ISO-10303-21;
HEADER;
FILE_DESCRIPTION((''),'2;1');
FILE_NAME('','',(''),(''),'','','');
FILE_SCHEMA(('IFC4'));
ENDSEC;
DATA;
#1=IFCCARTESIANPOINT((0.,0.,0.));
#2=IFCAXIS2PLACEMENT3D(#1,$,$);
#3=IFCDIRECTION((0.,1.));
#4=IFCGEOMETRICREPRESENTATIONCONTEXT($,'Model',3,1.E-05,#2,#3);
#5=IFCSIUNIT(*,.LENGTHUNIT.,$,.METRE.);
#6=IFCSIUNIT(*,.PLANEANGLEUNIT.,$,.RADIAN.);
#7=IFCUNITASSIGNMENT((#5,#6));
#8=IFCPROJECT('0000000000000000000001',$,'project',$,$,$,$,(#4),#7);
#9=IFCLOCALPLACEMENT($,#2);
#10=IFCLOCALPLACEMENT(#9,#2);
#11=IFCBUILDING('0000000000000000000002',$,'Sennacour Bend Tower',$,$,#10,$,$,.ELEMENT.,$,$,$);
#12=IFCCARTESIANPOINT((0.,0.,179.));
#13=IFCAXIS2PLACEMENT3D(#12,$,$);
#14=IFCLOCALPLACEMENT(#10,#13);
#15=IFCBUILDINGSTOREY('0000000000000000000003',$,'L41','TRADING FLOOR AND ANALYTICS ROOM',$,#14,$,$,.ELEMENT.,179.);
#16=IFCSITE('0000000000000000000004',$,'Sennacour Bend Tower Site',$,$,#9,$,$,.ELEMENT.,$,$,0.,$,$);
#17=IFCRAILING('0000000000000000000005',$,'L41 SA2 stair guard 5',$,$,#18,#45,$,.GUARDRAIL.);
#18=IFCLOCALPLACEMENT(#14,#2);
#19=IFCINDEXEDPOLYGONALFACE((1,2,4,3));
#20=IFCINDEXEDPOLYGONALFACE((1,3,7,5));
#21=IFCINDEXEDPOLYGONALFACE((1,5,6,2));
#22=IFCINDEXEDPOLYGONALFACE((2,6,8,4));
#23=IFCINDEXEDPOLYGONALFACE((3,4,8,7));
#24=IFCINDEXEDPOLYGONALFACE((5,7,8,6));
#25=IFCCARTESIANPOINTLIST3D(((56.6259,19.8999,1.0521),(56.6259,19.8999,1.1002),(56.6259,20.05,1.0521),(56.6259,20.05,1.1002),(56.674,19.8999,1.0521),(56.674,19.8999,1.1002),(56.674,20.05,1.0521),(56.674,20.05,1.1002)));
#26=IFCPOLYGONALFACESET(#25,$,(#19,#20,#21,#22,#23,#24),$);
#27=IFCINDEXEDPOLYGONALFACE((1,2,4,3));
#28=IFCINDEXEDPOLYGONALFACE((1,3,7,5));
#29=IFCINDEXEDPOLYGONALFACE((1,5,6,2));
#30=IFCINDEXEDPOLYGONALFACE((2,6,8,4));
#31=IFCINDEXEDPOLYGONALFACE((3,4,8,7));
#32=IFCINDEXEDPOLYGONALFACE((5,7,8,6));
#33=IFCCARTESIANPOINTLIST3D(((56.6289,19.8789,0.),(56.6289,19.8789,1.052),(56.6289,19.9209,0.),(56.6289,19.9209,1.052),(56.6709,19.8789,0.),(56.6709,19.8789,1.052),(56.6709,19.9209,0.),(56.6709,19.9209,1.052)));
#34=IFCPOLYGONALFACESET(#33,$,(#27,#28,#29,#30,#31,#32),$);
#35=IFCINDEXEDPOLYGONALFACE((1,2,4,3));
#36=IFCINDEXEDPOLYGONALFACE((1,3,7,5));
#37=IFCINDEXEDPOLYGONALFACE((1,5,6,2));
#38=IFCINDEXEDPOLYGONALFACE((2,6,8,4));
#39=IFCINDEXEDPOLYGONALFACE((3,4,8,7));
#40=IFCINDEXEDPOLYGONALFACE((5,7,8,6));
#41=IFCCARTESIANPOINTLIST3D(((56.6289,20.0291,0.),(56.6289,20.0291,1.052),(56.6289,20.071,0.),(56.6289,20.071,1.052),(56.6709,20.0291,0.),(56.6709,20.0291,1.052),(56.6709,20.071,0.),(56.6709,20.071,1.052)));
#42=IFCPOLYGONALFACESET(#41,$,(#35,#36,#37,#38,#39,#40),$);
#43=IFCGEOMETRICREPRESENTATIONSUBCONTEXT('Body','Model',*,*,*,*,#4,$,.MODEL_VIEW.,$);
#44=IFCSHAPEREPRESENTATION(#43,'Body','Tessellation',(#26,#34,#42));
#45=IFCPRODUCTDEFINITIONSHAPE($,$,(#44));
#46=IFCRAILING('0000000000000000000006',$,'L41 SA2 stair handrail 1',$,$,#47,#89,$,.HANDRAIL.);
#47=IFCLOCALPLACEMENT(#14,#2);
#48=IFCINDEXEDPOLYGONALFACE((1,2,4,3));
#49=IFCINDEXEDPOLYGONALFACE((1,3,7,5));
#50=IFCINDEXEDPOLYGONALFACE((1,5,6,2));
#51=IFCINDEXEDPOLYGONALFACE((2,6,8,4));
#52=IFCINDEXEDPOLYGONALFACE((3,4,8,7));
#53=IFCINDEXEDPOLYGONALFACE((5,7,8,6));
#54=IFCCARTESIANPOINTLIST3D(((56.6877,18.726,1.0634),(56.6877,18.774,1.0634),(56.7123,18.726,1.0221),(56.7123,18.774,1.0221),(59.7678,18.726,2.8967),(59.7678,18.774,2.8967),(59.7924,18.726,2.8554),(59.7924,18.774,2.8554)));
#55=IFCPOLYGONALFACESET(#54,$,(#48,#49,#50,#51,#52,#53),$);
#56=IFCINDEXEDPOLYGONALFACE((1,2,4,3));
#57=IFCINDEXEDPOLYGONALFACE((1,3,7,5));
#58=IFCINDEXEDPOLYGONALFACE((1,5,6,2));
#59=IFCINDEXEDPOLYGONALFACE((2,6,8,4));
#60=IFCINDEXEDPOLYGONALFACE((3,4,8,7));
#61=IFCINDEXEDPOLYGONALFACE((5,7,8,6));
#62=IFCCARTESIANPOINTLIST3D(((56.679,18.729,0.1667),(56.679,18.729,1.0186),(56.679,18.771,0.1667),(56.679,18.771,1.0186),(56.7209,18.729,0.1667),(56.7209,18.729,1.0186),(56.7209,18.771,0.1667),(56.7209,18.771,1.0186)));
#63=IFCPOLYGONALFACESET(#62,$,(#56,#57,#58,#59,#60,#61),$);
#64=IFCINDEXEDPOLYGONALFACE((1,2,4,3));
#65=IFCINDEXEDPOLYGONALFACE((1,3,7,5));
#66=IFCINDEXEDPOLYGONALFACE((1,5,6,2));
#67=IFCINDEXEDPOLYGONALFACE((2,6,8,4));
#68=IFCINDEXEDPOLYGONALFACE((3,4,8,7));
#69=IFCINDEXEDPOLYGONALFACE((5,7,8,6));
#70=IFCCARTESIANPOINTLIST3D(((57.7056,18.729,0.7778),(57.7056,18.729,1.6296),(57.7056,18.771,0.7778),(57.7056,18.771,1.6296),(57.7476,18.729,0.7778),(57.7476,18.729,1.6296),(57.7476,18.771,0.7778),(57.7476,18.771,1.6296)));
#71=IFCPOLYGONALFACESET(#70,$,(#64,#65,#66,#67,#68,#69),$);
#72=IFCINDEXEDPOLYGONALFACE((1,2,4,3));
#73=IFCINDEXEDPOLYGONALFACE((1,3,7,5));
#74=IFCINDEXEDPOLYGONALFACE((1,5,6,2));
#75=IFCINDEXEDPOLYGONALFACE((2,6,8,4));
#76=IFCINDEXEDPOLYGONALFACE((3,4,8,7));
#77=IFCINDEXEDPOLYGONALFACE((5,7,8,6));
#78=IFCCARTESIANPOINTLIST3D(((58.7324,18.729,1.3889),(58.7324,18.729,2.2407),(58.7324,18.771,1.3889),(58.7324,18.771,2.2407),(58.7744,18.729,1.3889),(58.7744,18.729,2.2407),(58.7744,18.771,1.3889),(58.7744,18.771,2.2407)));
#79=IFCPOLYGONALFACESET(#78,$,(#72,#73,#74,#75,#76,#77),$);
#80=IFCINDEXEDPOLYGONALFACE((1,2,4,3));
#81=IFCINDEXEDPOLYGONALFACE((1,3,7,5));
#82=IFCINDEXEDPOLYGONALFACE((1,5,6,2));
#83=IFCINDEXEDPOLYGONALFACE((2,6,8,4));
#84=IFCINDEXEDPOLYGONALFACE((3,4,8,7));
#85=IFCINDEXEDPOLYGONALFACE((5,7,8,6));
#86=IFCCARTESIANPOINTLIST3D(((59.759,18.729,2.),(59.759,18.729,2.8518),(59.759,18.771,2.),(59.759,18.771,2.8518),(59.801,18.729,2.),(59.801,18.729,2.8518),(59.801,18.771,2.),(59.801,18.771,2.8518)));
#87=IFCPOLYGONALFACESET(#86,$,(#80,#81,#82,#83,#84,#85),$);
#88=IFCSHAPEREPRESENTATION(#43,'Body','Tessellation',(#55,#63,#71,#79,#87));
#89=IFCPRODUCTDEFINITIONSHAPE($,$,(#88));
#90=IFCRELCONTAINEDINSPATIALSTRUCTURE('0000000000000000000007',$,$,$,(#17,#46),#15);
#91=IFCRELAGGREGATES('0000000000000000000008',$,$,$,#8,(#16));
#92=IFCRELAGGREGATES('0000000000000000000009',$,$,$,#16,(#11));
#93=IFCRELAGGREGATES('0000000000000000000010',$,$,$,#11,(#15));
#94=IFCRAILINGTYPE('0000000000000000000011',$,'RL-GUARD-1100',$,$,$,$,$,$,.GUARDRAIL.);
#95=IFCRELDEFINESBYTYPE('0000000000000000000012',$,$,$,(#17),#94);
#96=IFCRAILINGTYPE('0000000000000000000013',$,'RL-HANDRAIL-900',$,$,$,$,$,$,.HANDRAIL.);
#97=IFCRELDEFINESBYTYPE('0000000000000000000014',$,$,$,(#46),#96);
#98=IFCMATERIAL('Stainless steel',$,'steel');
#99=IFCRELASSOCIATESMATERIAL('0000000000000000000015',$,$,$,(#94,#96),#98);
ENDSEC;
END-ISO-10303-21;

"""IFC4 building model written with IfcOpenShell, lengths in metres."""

from ifc_helpers import new_model, si_unit, direction, frame, origin, origin_2d, place, context, subcontext, project, spatial, rectangle, extrude, material, type_object, element, save


model = new_model("IFC4")

# Units and contexts
model_context = context("Model", 3, precision=1e-05, world=origin(), true_north=direction((0.0, 1.0)))
body_context = subcontext(model_context, "Body", "Model", "MODEL_VIEW")
ifc_project = project(units=[si_unit("LENGTHUNIT", "METRE"), si_unit("PLANEANGLEUNIT", "RADIAN")], contexts=[model_context])

# Site, building, storey
site_placement = place(None, origin())
site = spatial("IfcSite", under=ifc_project, at=site_placement, Name="Sennacour Bend Tower Site", CompositionType="ELEMENT", RefElevation=0.0)
building_placement = place(site_placement, origin())
building = spatial("IfcBuilding", under=site, at=building_placement, Name="Sennacour Bend Tower", CompositionType="ELEMENT")
storey_placement = place(building_placement, frame((0.0, 0.0, 179.0)))
storey = spatial("IfcBuildingStorey", under=building, at=storey_placement, Name="L41", Description="TRADING FLOOR AND ANALYTICS ROOM", CompositionType="ELEMENT", Elevation=179.0)

# Shared definitions
ifc_material_1 = material(Name="Stainless steel", Category="steel")

# Railings
railing_type_1 = type_object("IfcRailingType", Name="RL-GUARD-1100", PredefinedType="GUARDRAIL", material=ifc_material_1)
railing_1_placement = place(storey_placement, frame((56.6499, 19.8999, 0.0)))
element("IfcRailing", 1, at=railing_1_placement, inside=storey, type_object=railing_type_1, Name="L41 SA2 stair guard 5", PredefinedType="GUARDRAIL", context=body_context, shape_type="SweptSolid", body=[
    extrude(rectangle(XDim=0.0481, YDim=0.0481, at=origin_2d()), frame((0.0, 0.0, 1.0762), z_axis=(0.0, 1.0, 0.0), x_axis=(-1.0, 0.0, 0.0)), (0.0, 0.0, 1.0), 0.1501),
    extrude(rectangle(XDim=0.042, YDim=0.042, at=origin_2d()), origin(), (0.0, 0.0, 1.0), 1.052),
    extrude(rectangle(XDim=0.042, YDim=0.042, at=origin_2d()), frame((0.0, 0.1501, 0.0)), (0.0, 0.0, 1.0), 1.052),
])
railing_type_2 = type_object("IfcRailingType", Name="RL-HANDRAIL-900", PredefinedType="HANDRAIL", material=ifc_material_1)
railing_2_placement = place(storey_placement, frame((56.7, 18.75, 0.1667)))
element("IfcRailing", 2, at=railing_2_placement, inside=storey, type_object=railing_type_2, Name="L41 SA2 stair handrail 1", PredefinedType="HANDRAIL", context=body_context, shape_type="SweptSolid", body=[
    extrude(rectangle(XDim=0.0481, YDim=0.0481, at=origin_2d()), frame((0.0, 0.0, 0.876), z_axis=(0.859309, 0.0, 0.511458), x_axis=(0.0, 1.0, 0.0)), (0.0, 0.0, 1.0), 3.5845),
    extrude(rectangle(XDim=0.042, YDim=0.042, at=origin_2d()), origin(), (0.0, 0.0, 1.0), 0.8518),
    extrude(rectangle(XDim=0.042, YDim=0.042, at=origin_2d()), frame((1.0266, 0.0, 0.6111)), (0.0, 0.0, 1.0), 0.8518),
    extrude(rectangle(XDim=0.042, YDim=0.042, at=origin_2d()), frame((2.0535, 0.0, 1.2222)), (0.0, 0.0, 1.0), 0.8518),
    extrude(rectangle(XDim=0.042, YDim=0.042, at=origin_2d()), frame((3.0801, 0.0, 1.8333)), (0.0, 0.0, 1.0), 0.8518),
])

save(model, "model.ifc")
